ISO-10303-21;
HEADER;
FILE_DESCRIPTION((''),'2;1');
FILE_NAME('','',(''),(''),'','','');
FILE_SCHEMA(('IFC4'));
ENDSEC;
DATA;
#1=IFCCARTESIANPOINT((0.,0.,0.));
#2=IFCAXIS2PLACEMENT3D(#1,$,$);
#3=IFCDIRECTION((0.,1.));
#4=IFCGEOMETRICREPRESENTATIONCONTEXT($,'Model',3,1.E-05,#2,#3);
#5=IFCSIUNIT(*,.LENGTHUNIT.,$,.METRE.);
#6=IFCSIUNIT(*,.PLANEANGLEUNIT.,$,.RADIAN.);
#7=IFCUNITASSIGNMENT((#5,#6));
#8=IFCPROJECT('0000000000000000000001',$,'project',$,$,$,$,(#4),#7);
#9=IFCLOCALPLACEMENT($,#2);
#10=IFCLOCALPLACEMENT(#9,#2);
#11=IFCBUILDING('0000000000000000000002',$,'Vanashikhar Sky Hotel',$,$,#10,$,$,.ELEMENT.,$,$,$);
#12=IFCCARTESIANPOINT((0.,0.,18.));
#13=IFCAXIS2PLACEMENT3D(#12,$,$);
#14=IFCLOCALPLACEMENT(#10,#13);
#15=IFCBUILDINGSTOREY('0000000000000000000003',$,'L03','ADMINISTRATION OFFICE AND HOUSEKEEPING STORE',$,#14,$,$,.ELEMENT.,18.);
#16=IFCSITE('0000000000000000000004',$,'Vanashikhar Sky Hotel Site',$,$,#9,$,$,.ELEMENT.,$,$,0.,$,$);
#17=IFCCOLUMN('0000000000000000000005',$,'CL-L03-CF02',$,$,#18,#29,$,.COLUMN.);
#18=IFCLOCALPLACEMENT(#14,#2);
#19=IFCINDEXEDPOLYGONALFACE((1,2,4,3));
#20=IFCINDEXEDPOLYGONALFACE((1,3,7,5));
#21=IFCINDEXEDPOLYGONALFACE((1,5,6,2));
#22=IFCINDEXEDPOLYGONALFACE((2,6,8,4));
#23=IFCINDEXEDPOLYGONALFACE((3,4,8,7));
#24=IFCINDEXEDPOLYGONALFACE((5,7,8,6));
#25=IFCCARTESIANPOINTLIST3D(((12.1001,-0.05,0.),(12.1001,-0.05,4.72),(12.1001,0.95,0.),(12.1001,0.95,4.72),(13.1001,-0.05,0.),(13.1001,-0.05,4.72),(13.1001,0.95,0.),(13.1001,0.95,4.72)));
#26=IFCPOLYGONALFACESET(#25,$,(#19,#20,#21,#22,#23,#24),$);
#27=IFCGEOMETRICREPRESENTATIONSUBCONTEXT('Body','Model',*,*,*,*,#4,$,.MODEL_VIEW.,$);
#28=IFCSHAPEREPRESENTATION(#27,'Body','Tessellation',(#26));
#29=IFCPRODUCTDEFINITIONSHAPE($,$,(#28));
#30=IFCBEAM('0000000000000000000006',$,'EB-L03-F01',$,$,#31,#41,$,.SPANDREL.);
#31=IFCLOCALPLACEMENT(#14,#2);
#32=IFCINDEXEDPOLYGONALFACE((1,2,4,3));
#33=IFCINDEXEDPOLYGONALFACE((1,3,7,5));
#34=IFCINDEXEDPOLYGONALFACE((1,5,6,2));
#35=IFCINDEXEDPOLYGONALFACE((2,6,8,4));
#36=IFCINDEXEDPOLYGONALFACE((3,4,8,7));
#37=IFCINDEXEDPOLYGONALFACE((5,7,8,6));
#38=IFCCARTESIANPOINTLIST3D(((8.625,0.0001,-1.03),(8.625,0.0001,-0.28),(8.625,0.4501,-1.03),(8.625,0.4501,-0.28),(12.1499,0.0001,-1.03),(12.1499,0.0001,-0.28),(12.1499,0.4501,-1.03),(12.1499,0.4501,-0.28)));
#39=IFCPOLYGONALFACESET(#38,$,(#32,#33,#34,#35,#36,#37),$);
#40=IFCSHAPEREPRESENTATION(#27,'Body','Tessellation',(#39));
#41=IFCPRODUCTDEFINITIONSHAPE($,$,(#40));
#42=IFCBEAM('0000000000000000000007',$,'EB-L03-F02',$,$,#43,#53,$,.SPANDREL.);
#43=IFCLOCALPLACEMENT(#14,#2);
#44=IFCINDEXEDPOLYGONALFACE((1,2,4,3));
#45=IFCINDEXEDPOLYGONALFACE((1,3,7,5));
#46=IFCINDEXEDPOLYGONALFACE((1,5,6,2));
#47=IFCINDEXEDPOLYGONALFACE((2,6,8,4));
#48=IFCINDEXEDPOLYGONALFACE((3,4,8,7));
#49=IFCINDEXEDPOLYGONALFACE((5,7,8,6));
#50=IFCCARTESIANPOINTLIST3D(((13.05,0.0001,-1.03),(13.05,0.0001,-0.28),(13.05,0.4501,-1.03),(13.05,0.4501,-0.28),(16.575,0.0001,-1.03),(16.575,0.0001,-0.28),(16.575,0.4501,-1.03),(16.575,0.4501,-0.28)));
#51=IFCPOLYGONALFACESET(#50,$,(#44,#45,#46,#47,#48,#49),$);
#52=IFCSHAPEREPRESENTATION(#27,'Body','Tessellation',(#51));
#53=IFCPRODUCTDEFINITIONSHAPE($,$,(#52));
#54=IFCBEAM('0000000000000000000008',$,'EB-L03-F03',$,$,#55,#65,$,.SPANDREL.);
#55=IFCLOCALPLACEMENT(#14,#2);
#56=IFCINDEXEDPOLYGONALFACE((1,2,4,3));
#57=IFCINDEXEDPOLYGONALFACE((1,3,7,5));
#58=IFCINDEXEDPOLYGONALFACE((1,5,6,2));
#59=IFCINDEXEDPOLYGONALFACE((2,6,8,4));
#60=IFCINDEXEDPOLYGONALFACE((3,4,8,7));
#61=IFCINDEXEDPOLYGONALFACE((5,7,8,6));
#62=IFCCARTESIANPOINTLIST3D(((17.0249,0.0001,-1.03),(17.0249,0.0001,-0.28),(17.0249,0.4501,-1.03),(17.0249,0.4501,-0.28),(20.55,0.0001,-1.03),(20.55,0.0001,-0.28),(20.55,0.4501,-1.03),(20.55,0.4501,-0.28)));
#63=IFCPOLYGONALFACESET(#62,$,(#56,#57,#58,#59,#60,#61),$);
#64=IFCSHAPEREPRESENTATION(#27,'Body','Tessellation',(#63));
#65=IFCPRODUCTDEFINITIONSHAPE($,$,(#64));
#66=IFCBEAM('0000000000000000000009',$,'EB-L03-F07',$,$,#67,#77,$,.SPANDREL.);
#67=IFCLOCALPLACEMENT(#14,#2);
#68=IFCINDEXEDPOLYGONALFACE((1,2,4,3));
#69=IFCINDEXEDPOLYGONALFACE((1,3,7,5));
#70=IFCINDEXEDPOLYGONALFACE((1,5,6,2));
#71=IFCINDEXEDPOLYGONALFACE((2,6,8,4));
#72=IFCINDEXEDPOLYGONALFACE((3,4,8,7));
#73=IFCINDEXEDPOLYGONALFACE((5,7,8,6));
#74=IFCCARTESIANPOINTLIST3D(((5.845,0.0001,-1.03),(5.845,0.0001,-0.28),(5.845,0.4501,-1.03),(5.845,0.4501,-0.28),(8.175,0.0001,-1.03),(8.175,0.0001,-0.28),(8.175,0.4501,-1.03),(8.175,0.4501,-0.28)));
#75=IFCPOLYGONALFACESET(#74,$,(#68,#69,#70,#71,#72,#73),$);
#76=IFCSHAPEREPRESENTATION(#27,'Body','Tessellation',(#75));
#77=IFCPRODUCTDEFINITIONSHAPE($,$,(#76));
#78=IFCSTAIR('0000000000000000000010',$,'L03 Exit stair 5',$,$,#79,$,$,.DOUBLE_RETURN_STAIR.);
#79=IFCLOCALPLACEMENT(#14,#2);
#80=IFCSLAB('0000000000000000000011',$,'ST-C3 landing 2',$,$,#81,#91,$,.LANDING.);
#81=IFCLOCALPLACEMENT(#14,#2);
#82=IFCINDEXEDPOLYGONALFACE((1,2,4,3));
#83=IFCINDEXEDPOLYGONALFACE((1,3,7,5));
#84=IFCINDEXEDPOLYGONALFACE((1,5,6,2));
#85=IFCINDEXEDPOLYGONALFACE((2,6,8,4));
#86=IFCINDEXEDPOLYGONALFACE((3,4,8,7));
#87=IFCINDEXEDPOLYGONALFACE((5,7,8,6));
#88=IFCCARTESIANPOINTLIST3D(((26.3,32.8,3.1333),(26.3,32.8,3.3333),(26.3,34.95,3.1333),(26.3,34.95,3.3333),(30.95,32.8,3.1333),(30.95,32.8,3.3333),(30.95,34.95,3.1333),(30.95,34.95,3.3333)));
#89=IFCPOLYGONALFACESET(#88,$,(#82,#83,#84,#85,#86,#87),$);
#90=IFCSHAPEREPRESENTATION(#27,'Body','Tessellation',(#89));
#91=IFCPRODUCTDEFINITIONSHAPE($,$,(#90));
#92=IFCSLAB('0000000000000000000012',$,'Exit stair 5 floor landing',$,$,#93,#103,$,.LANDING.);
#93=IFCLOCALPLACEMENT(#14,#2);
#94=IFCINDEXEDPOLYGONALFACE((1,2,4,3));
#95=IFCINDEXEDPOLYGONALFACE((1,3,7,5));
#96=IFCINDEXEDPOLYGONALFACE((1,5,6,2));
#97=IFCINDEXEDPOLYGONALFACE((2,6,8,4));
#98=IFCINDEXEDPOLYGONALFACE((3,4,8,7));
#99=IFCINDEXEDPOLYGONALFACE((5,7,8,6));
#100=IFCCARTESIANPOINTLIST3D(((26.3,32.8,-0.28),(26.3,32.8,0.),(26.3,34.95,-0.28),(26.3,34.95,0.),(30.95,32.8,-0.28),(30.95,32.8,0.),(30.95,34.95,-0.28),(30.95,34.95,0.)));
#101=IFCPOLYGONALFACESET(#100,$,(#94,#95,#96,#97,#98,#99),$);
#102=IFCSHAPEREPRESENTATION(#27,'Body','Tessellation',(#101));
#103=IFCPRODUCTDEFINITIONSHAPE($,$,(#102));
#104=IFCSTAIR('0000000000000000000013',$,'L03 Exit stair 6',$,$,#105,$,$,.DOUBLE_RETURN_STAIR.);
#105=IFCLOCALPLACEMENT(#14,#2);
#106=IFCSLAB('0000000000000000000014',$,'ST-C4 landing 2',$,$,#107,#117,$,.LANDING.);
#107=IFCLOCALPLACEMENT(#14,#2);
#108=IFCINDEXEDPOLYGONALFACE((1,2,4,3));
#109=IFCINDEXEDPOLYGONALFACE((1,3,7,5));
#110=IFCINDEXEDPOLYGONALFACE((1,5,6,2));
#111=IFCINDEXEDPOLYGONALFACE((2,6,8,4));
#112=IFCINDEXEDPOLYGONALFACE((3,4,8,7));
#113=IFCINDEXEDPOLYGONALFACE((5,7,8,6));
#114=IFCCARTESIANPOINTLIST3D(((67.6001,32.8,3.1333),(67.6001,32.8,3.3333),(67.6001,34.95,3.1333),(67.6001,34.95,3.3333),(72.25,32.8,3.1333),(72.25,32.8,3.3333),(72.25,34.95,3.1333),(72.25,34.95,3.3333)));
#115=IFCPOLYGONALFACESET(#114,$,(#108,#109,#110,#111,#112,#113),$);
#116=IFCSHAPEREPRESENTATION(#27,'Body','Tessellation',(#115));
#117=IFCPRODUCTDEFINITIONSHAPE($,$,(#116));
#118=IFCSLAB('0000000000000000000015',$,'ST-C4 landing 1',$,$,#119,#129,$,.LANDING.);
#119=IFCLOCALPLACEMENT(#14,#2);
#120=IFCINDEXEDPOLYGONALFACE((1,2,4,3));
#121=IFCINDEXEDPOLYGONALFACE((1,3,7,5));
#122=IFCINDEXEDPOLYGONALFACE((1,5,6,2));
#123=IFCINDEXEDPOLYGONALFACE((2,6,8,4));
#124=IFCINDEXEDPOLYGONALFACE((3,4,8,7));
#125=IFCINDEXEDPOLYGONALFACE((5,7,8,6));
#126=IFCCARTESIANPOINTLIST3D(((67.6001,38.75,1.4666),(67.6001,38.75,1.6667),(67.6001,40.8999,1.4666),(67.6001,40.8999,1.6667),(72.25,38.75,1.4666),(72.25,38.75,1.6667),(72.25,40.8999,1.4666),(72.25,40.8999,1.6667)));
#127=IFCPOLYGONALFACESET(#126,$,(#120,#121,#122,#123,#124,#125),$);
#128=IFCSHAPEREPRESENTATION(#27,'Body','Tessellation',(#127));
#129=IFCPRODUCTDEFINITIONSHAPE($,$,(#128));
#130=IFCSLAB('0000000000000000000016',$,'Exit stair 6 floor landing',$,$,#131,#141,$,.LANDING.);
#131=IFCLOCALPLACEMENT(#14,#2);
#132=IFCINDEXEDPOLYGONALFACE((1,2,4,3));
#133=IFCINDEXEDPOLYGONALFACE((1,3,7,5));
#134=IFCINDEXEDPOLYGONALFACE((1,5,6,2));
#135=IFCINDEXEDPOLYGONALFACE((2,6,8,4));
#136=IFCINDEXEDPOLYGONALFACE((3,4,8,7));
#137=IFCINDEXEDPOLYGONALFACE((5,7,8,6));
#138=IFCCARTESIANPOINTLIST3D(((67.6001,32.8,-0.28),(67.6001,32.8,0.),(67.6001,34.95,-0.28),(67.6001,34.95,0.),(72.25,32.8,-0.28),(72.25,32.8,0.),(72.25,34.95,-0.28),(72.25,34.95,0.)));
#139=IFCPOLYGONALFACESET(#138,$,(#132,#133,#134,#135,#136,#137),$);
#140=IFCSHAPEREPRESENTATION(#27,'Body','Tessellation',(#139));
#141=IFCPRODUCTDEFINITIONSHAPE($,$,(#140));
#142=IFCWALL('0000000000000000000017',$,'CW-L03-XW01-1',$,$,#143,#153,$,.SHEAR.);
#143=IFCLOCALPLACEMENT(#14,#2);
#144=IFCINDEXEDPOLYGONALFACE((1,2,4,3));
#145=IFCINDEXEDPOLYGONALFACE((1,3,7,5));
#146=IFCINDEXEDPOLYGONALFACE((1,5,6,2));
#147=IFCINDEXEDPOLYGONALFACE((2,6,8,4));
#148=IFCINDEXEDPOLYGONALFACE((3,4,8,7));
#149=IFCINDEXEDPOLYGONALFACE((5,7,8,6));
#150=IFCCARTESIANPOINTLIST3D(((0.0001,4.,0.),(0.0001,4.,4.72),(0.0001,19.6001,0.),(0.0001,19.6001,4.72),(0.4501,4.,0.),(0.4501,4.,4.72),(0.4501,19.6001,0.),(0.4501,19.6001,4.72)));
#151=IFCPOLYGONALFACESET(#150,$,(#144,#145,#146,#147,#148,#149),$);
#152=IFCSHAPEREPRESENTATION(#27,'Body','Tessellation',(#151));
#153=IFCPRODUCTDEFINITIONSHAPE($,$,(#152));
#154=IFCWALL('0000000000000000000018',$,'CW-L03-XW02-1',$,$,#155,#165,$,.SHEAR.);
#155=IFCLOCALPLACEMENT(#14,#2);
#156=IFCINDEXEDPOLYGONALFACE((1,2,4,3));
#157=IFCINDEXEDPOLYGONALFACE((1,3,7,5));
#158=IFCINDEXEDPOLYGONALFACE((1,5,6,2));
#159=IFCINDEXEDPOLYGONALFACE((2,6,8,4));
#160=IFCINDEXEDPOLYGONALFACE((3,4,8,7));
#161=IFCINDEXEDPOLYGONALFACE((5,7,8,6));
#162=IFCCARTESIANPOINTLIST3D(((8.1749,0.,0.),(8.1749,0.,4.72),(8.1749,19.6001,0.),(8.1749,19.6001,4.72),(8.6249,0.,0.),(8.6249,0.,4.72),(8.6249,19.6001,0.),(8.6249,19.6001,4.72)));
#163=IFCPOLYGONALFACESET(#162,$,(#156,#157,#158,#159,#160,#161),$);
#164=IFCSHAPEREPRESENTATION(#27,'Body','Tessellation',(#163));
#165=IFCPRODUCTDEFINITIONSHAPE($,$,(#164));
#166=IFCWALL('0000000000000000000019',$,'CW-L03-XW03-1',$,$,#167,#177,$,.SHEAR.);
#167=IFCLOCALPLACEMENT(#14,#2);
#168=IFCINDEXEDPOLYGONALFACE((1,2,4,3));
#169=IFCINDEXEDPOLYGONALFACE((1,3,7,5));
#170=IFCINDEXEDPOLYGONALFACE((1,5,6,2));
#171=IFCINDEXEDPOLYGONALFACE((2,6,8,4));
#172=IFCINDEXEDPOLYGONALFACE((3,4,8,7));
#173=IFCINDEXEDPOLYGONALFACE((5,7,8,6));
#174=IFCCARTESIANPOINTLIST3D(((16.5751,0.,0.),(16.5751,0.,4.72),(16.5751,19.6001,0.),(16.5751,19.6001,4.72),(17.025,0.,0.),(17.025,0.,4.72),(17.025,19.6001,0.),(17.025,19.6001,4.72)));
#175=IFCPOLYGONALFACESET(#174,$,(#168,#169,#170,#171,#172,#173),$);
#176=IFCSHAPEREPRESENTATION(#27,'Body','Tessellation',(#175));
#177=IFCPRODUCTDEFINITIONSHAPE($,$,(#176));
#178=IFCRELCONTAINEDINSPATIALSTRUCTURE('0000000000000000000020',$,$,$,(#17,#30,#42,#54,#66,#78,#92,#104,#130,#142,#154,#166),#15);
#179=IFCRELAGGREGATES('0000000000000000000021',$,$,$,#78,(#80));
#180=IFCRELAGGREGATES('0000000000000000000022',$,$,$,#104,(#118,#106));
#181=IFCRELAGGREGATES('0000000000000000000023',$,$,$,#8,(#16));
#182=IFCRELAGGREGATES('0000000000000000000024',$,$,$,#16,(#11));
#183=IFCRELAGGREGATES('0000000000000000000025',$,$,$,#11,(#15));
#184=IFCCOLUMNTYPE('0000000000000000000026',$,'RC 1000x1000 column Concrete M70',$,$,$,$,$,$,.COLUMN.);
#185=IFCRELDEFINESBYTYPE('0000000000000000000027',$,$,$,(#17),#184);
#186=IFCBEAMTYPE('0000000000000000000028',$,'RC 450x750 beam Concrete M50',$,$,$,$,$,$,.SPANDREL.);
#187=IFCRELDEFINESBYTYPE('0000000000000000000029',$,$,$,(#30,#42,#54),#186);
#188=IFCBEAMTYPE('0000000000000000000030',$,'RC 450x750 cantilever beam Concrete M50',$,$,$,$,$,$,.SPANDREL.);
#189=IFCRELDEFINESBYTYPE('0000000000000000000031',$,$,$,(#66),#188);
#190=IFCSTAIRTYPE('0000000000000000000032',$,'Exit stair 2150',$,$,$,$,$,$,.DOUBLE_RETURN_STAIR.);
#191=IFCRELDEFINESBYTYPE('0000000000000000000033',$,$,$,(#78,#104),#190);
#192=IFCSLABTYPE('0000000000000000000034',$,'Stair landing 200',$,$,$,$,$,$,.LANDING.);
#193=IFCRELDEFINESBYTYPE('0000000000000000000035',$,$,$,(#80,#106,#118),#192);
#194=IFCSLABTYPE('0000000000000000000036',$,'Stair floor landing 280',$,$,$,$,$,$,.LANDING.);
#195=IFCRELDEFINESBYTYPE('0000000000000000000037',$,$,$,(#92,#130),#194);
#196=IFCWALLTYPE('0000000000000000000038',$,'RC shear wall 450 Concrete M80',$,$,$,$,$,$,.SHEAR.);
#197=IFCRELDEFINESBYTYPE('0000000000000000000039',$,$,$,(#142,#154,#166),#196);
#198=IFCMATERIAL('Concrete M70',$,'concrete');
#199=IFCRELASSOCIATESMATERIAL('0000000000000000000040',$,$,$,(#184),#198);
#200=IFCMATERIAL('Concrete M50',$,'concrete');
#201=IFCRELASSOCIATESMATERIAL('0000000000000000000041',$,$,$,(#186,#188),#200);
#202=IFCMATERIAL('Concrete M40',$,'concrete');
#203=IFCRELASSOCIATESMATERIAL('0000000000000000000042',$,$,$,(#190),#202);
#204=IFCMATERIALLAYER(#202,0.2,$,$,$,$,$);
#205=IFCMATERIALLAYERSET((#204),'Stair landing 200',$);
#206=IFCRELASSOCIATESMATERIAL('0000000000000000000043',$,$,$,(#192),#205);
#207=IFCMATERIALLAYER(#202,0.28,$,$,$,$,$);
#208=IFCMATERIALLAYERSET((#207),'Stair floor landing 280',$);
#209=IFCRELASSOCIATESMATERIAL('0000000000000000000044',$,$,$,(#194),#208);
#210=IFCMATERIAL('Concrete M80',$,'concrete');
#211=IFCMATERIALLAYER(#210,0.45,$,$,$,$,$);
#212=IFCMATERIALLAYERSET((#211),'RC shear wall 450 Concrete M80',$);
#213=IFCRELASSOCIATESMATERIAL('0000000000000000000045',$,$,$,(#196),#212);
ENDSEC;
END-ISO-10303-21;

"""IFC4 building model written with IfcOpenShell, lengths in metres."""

from ifc_helpers import new_model, si_unit, direction, frame, frame_2d, origin, origin_2d, place, context, subcontext, project, spatial, polyline, rectangle, outline, extrude, source, transform, mapped, material, layer, layer_set, material_profile, profile_set, type_object, element, aggregate, save


model = new_model("IFC4")

# Units and contexts
model_context = context("Model", 3, precision=1e-05, world=origin(), true_north=direction((0.0, 1.0)))
body_context = subcontext(model_context, "Body", "Model", "MODEL_VIEW")
ifc_project = project(units=[si_unit("LENGTHUNIT", "METRE"), si_unit("PLANEANGLEUNIT", "RADIAN")], contexts=[model_context])

# Site, building, storey
site_placement = place(None, origin())
site = spatial("IfcSite", under=ifc_project, at=site_placement, Name="Vanashikhar Sky Hotel Site", CompositionType="ELEMENT", RefElevation=0.0)
building_placement = place(site_placement, origin())
building = spatial("IfcBuilding", under=site, at=building_placement, Name="Vanashikhar Sky Hotel", CompositionType="ELEMENT")
storey_placement = place(building_placement, frame((0.0, 0.0, 18.0)))
storey = spatial("IfcBuildingStorey", under=building, at=storey_placement, Name="L03", Description="ADMINISTRATION OFFICE AND HOUSEKEEPING STORE", CompositionType="ELEMENT", Elevation=18.0)

# Column
ifc_material_1 = material(Name="Concrete M70", Category="concrete")
ifc_material_profile_1 = material_profile(ifc_material_1, rectangle(XDim=1.0, YDim=1.0, at=origin_2d()))
ifc_profile_set_1 = profile_set([ifc_material_profile_1], Name="RC 1000x1000 column Concrete M70")
column_type = type_object("IfcColumnType", Name="RC 1000x1000 column Concrete M70", PredefinedType="COLUMN", material=ifc_profile_set_1)
shared_shape_1 = source(origin(), body_context, "Body", "SweptSolid", [
    extrude(rectangle(XDim=1.0, YDim=1.0, at=origin_2d()), origin(), (0.0, 0.0, 1.0), 4.72),
])
column_placement = place(storey_placement, frame((12.6001, 0.45, 0.0), z_axis=(0.0, 0.0, 1.0), x_axis=(1.0, 0.0, 0.0)))
element("IfcColumn", 1, at=column_placement, inside=storey, type_object=column_type, Name="CL-L03-CF02", PredefinedType="COLUMN", context=body_context, shape_type="MappedRepresentation", body=[
    mapped(shared_shape_1, transform((0.0, 0.0, 0.0), scale=1.0)),
])

# Beams
ifc_material_2 = material(Name="Concrete M50", Category="concrete")
ifc_material_profile_2 = material_profile(ifc_material_2, rectangle(XDim=0.45, YDim=0.75, at=origin_2d()))
ifc_profile_set_2 = profile_set([ifc_material_profile_2], Name="RC 450x750 beam Concrete M50")
beam_type_1 = type_object("IfcBeamType", Name="RC 450x750 beam Concrete M50", PredefinedType="SPANDREL", material=ifc_profile_set_2)
shared_shape_2 = source(origin(), body_context, "Body", "SweptSolid", [
    extrude(rectangle(XDim=0.45, YDim=0.75, at=origin_2d()), origin(), (0.0, 0.0, 1.0), 3.5249),
])
for number, where, z_axis, x_axis, name in (
    (2, (8.625, 0.2251, -0.655), (1.0, 0.0, 0.0), (0.0, 1.0, 0.0), "EB-L03-F01"),
    (3, (13.05, 0.2251, -0.655), (1.0, 0.0, 0.0), (0.0, 1.0, 0.0), "EB-L03-F02"),
):
    element("IfcBeam", number, at=place(storey_placement, frame(where, z_axis=z_axis, x_axis=x_axis)), inside=storey, type_object=beam_type_1, Name=name, PredefinedType="SPANDREL", context=body_context, shape_type="MappedRepresentation", body=[
        mapped(shared_shape_2, transform((0.0, 0.0, 0.0), scale=1.0)),
    ])
shared_shape_3 = source(origin(), body_context, "Body", "SweptSolid", [
    extrude(rectangle(XDim=0.45, YDim=0.75, at=origin_2d()), origin(), (0.0, 0.0, 1.0), 3.5251),
])
beam_1_placement = place(storey_placement, frame((17.0249, 0.2251, -0.655), z_axis=(1.0, 0.0, 0.0), x_axis=(0.0, 1.0, 0.0)))
element("IfcBeam", 4, at=beam_1_placement, inside=storey, type_object=beam_type_1, Name="EB-L03-F03", PredefinedType="SPANDREL", context=body_context, shape_type="MappedRepresentation", body=[
    mapped(shared_shape_3, transform((0.0, 0.0, 0.0), scale=1.0)),
])
ifc_material_profile_3 = material_profile(ifc_material_2, rectangle(XDim=0.45, YDim=0.75, at=origin_2d()))
ifc_profile_set_3 = profile_set([ifc_material_profile_3], Name="RC 450x750 cantilever beam Concrete M50")
beam_type_2 = type_object("IfcBeamType", Name="RC 450x750 cantilever beam Concrete M50", PredefinedType="SPANDREL", material=ifc_profile_set_3)
shared_shape_4 = source(origin(), body_context, "Body", "SweptSolid", [
    extrude(rectangle(XDim=0.45, YDim=0.75, at=origin_2d()), origin(), (0.0, 0.0, 1.0), 2.3301),
])
beam_2_placement = place(storey_placement, frame((5.845, 0.2251, -0.655), z_axis=(1.0, 0.0, 0.0), x_axis=(0.0, 1.0, 0.0)))
element("IfcBeam", 5, at=beam_2_placement, inside=storey, type_object=beam_type_2, Name="EB-L03-F07", PredefinedType="SPANDREL", context=body_context, shape_type="MappedRepresentation", body=[
    mapped(shared_shape_4, transform((0.0, 0.0, 0.0), scale=1.0)),
])

# Stair, slab
ifc_material_3 = material(Name="Concrete M40", Category="concrete")
stair_type = type_object("IfcStairType", Name="Exit stair 2150", PredefinedType="DOUBLE_RETURN_STAIR", material=ifc_material_3)
stair_1_placement = place(storey_placement, origin())
stair_1 = element("IfcStair", 6, at=stair_1_placement, inside=storey, type_object=stair_type, Name="L03 Exit stair 5", PredefinedType="DOUBLE_RETURN_STAIR")
ifc_layer_1 = layer(ifc_material_3, 0.2)
ifc_layer_set_1 = layer_set([ifc_layer_1], Name="Stair landing 200")
slab_type_1 = type_object("IfcSlabType", Name="Stair landing 200", PredefinedType="LANDING", material=ifc_layer_set_1)
shared_shape_5 = source(origin(), body_context, "Body", "SweptSolid", [
    extrude(outline(polyline([(30.95, 32.8), (30.95, 34.95), (26.3, 34.95), (26.3, 32.8), (30.95, 32.8)])), origin(), (0.0, 0.0, 1.0), 0.2),
])
slab_1_placement = place(storey_placement, frame((0.0, 0.0, 3.1333)))
slab_1 = element("IfcSlab", 7, at=slab_1_placement, type_object=slab_type_1, Name="ST-C3 landing 2", PredefinedType="LANDING", context=body_context, shape_type="MappedRepresentation", body=[
    mapped(shared_shape_5, transform((0.0, 0.0, 0.0), scale=1.0)),
])
aggregate(stair_1, [slab_1])

# Slab
ifc_layer_2 = layer(ifc_material_3, 0.28)
ifc_layer_set_2 = layer_set([ifc_layer_2], Name="Stair floor landing 280")
slab_type_2 = type_object("IfcSlabType", Name="Stair floor landing 280", PredefinedType="LANDING", material=ifc_layer_set_2)
shared_shape_6 = source(origin(), body_context, "Body", "SweptSolid", [
    extrude(outline(polyline([(30.95, 32.8), (30.95, 34.95), (26.3, 34.95), (26.3, 32.8), (30.95, 32.8)])), origin(), (0.0, 0.0, 1.0), 0.28),
])
slab_2_placement = place(storey_placement, frame((0.0, 0.0, -0.28)))
element("IfcSlab", 8, at=slab_2_placement, inside=storey, type_object=slab_type_2, Name="Exit stair 5 floor landing", PredefinedType="LANDING", context=body_context, shape_type="MappedRepresentation", body=[
    mapped(shared_shape_6, transform((0.0, 0.0, 0.0), scale=1.0)),
])

# Stair, slabs
stair_2_placement = place(storey_placement, origin())
stair_2 = element("IfcStair", 9, at=stair_2_placement, inside=storey, type_object=stair_type, Name="L03 Exit stair 6", PredefinedType="DOUBLE_RETURN_STAIR")
shared_shape_7 = source(origin(), body_context, "Body", "SweptSolid", [
    extrude(outline(polyline([(72.25, 32.8), (72.25, 34.95), (67.6001, 34.95), (67.6001, 32.8), (72.25, 32.8)])), origin(), (0.0, 0.0, 1.0), 0.2),
])
slab_3_placement = place(storey_placement, frame((0.0, 0.0, 3.1333)))
slab_3 = element("IfcSlab", 10, at=slab_3_placement, type_object=slab_type_1, Name="ST-C4 landing 2", PredefinedType="LANDING", context=body_context, shape_type="MappedRepresentation", body=[
    mapped(shared_shape_7, transform((0.0, 0.0, 0.0), scale=1.0)),
])
shared_shape_8 = source(origin(), body_context, "Body", "SweptSolid", [
    extrude(outline(polyline([(72.25, 38.75), (72.25, 40.8999), (67.6001, 40.8999), (67.6001, 38.75), (72.25, 38.75)])), origin(), (0.0, 0.0, 1.0), 0.2002),
])
slab_4_placement = place(storey_placement, frame((0.0, 0.0, 1.4666)))
slab_4 = element("IfcSlab", 11, at=slab_4_placement, type_object=slab_type_1, Name="ST-C4 landing 1", PredefinedType="LANDING", context=body_context, shape_type="MappedRepresentation", body=[
    mapped(shared_shape_8, transform((0.0, 0.0, 0.0), scale=1.0)),
])
aggregate(stair_2, [slab_4, slab_3])

# Slab
shared_shape_9 = source(origin(), body_context, "Body", "SweptSolid", [
    extrude(outline(polyline([(72.25, 32.8), (72.25, 34.95), (67.6001, 34.95), (67.6001, 32.8), (72.25, 32.8)])), origin(), (0.0, 0.0, 1.0), 0.28),
])
slab_5_placement = place(storey_placement, frame((0.0, 0.0, -0.28)))
element("IfcSlab", 12, at=slab_5_placement, inside=storey, type_object=slab_type_2, Name="Exit stair 6 floor landing", PredefinedType="LANDING", context=body_context, shape_type="MappedRepresentation", body=[
    mapped(shared_shape_9, transform((0.0, 0.0, 0.0), scale=1.0)),
])

# Walls
ifc_material_4 = material(Name="Concrete M80", Category="concrete")
ifc_layer_3 = layer(ifc_material_4, 0.45)
ifc_layer_set_3 = layer_set([ifc_layer_3], Name="RC shear wall 450 Concrete M80")
wall_type_1 = type_object("IfcWallType", Name="RC shear wall 450 Concrete M80", PredefinedType="SHEAR", material=ifc_layer_set_3)
shared_shape_10 = source(origin(), body_context, "Body", "SweptSolid", [
    extrude(rectangle(XDim=15.6001, YDim=0.45, at=frame_2d((7.8, 0.0))), origin(), (0.0, 0.0, 1.0), 4.72),
])
wall_1_placement = place(storey_placement, frame((0.2251, 4.0, 0.0), z_axis=(0.0, 0.0, 1.0), x_axis=(0.0, 1.0, 0.0)))
element("IfcWall", 13, at=wall_1_placement, inside=storey, type_object=wall_type_1, Name="CW-L03-XW01-1", PredefinedType="SHEAR", context=body_context, shape_type="MappedRepresentation", body=[
    mapped(shared_shape_10, transform((0.0, 0.0, 0.0), scale=1.0)),
])
shared_shape_11 = source(origin(), body_context, "Body", "SweptSolid", [
    extrude(rectangle(XDim=19.6001, YDim=0.45, at=frame_2d((9.8, 0.0))), origin(), (0.0, 0.0, 1.0), 4.72),
])
for number, where, z_axis, x_axis, name in (
    (14, (8.3999, 0.0, 0.0), (0.0, 0.0, 1.0), (0.0, 1.0, 0.0), "CW-L03-XW02-1"),
    (15, (16.8, 0.0, 0.0), (0.0, 0.0, 1.0), (0.0, 1.0, 0.0), "CW-L03-XW03-1"),
):
    element("IfcWall", number, at=place(storey_placement, frame(where, z_axis=z_axis, x_axis=x_axis)), inside=storey, type_object=wall_type_1, Name=name, PredefinedType="SHEAR", context=body_context, shape_type="MappedRepresentation", body=[
        mapped(shared_shape_11, transform((0.0, 0.0, 0.0), scale=1.0)),
    ])

save(model, "model.ifc")
